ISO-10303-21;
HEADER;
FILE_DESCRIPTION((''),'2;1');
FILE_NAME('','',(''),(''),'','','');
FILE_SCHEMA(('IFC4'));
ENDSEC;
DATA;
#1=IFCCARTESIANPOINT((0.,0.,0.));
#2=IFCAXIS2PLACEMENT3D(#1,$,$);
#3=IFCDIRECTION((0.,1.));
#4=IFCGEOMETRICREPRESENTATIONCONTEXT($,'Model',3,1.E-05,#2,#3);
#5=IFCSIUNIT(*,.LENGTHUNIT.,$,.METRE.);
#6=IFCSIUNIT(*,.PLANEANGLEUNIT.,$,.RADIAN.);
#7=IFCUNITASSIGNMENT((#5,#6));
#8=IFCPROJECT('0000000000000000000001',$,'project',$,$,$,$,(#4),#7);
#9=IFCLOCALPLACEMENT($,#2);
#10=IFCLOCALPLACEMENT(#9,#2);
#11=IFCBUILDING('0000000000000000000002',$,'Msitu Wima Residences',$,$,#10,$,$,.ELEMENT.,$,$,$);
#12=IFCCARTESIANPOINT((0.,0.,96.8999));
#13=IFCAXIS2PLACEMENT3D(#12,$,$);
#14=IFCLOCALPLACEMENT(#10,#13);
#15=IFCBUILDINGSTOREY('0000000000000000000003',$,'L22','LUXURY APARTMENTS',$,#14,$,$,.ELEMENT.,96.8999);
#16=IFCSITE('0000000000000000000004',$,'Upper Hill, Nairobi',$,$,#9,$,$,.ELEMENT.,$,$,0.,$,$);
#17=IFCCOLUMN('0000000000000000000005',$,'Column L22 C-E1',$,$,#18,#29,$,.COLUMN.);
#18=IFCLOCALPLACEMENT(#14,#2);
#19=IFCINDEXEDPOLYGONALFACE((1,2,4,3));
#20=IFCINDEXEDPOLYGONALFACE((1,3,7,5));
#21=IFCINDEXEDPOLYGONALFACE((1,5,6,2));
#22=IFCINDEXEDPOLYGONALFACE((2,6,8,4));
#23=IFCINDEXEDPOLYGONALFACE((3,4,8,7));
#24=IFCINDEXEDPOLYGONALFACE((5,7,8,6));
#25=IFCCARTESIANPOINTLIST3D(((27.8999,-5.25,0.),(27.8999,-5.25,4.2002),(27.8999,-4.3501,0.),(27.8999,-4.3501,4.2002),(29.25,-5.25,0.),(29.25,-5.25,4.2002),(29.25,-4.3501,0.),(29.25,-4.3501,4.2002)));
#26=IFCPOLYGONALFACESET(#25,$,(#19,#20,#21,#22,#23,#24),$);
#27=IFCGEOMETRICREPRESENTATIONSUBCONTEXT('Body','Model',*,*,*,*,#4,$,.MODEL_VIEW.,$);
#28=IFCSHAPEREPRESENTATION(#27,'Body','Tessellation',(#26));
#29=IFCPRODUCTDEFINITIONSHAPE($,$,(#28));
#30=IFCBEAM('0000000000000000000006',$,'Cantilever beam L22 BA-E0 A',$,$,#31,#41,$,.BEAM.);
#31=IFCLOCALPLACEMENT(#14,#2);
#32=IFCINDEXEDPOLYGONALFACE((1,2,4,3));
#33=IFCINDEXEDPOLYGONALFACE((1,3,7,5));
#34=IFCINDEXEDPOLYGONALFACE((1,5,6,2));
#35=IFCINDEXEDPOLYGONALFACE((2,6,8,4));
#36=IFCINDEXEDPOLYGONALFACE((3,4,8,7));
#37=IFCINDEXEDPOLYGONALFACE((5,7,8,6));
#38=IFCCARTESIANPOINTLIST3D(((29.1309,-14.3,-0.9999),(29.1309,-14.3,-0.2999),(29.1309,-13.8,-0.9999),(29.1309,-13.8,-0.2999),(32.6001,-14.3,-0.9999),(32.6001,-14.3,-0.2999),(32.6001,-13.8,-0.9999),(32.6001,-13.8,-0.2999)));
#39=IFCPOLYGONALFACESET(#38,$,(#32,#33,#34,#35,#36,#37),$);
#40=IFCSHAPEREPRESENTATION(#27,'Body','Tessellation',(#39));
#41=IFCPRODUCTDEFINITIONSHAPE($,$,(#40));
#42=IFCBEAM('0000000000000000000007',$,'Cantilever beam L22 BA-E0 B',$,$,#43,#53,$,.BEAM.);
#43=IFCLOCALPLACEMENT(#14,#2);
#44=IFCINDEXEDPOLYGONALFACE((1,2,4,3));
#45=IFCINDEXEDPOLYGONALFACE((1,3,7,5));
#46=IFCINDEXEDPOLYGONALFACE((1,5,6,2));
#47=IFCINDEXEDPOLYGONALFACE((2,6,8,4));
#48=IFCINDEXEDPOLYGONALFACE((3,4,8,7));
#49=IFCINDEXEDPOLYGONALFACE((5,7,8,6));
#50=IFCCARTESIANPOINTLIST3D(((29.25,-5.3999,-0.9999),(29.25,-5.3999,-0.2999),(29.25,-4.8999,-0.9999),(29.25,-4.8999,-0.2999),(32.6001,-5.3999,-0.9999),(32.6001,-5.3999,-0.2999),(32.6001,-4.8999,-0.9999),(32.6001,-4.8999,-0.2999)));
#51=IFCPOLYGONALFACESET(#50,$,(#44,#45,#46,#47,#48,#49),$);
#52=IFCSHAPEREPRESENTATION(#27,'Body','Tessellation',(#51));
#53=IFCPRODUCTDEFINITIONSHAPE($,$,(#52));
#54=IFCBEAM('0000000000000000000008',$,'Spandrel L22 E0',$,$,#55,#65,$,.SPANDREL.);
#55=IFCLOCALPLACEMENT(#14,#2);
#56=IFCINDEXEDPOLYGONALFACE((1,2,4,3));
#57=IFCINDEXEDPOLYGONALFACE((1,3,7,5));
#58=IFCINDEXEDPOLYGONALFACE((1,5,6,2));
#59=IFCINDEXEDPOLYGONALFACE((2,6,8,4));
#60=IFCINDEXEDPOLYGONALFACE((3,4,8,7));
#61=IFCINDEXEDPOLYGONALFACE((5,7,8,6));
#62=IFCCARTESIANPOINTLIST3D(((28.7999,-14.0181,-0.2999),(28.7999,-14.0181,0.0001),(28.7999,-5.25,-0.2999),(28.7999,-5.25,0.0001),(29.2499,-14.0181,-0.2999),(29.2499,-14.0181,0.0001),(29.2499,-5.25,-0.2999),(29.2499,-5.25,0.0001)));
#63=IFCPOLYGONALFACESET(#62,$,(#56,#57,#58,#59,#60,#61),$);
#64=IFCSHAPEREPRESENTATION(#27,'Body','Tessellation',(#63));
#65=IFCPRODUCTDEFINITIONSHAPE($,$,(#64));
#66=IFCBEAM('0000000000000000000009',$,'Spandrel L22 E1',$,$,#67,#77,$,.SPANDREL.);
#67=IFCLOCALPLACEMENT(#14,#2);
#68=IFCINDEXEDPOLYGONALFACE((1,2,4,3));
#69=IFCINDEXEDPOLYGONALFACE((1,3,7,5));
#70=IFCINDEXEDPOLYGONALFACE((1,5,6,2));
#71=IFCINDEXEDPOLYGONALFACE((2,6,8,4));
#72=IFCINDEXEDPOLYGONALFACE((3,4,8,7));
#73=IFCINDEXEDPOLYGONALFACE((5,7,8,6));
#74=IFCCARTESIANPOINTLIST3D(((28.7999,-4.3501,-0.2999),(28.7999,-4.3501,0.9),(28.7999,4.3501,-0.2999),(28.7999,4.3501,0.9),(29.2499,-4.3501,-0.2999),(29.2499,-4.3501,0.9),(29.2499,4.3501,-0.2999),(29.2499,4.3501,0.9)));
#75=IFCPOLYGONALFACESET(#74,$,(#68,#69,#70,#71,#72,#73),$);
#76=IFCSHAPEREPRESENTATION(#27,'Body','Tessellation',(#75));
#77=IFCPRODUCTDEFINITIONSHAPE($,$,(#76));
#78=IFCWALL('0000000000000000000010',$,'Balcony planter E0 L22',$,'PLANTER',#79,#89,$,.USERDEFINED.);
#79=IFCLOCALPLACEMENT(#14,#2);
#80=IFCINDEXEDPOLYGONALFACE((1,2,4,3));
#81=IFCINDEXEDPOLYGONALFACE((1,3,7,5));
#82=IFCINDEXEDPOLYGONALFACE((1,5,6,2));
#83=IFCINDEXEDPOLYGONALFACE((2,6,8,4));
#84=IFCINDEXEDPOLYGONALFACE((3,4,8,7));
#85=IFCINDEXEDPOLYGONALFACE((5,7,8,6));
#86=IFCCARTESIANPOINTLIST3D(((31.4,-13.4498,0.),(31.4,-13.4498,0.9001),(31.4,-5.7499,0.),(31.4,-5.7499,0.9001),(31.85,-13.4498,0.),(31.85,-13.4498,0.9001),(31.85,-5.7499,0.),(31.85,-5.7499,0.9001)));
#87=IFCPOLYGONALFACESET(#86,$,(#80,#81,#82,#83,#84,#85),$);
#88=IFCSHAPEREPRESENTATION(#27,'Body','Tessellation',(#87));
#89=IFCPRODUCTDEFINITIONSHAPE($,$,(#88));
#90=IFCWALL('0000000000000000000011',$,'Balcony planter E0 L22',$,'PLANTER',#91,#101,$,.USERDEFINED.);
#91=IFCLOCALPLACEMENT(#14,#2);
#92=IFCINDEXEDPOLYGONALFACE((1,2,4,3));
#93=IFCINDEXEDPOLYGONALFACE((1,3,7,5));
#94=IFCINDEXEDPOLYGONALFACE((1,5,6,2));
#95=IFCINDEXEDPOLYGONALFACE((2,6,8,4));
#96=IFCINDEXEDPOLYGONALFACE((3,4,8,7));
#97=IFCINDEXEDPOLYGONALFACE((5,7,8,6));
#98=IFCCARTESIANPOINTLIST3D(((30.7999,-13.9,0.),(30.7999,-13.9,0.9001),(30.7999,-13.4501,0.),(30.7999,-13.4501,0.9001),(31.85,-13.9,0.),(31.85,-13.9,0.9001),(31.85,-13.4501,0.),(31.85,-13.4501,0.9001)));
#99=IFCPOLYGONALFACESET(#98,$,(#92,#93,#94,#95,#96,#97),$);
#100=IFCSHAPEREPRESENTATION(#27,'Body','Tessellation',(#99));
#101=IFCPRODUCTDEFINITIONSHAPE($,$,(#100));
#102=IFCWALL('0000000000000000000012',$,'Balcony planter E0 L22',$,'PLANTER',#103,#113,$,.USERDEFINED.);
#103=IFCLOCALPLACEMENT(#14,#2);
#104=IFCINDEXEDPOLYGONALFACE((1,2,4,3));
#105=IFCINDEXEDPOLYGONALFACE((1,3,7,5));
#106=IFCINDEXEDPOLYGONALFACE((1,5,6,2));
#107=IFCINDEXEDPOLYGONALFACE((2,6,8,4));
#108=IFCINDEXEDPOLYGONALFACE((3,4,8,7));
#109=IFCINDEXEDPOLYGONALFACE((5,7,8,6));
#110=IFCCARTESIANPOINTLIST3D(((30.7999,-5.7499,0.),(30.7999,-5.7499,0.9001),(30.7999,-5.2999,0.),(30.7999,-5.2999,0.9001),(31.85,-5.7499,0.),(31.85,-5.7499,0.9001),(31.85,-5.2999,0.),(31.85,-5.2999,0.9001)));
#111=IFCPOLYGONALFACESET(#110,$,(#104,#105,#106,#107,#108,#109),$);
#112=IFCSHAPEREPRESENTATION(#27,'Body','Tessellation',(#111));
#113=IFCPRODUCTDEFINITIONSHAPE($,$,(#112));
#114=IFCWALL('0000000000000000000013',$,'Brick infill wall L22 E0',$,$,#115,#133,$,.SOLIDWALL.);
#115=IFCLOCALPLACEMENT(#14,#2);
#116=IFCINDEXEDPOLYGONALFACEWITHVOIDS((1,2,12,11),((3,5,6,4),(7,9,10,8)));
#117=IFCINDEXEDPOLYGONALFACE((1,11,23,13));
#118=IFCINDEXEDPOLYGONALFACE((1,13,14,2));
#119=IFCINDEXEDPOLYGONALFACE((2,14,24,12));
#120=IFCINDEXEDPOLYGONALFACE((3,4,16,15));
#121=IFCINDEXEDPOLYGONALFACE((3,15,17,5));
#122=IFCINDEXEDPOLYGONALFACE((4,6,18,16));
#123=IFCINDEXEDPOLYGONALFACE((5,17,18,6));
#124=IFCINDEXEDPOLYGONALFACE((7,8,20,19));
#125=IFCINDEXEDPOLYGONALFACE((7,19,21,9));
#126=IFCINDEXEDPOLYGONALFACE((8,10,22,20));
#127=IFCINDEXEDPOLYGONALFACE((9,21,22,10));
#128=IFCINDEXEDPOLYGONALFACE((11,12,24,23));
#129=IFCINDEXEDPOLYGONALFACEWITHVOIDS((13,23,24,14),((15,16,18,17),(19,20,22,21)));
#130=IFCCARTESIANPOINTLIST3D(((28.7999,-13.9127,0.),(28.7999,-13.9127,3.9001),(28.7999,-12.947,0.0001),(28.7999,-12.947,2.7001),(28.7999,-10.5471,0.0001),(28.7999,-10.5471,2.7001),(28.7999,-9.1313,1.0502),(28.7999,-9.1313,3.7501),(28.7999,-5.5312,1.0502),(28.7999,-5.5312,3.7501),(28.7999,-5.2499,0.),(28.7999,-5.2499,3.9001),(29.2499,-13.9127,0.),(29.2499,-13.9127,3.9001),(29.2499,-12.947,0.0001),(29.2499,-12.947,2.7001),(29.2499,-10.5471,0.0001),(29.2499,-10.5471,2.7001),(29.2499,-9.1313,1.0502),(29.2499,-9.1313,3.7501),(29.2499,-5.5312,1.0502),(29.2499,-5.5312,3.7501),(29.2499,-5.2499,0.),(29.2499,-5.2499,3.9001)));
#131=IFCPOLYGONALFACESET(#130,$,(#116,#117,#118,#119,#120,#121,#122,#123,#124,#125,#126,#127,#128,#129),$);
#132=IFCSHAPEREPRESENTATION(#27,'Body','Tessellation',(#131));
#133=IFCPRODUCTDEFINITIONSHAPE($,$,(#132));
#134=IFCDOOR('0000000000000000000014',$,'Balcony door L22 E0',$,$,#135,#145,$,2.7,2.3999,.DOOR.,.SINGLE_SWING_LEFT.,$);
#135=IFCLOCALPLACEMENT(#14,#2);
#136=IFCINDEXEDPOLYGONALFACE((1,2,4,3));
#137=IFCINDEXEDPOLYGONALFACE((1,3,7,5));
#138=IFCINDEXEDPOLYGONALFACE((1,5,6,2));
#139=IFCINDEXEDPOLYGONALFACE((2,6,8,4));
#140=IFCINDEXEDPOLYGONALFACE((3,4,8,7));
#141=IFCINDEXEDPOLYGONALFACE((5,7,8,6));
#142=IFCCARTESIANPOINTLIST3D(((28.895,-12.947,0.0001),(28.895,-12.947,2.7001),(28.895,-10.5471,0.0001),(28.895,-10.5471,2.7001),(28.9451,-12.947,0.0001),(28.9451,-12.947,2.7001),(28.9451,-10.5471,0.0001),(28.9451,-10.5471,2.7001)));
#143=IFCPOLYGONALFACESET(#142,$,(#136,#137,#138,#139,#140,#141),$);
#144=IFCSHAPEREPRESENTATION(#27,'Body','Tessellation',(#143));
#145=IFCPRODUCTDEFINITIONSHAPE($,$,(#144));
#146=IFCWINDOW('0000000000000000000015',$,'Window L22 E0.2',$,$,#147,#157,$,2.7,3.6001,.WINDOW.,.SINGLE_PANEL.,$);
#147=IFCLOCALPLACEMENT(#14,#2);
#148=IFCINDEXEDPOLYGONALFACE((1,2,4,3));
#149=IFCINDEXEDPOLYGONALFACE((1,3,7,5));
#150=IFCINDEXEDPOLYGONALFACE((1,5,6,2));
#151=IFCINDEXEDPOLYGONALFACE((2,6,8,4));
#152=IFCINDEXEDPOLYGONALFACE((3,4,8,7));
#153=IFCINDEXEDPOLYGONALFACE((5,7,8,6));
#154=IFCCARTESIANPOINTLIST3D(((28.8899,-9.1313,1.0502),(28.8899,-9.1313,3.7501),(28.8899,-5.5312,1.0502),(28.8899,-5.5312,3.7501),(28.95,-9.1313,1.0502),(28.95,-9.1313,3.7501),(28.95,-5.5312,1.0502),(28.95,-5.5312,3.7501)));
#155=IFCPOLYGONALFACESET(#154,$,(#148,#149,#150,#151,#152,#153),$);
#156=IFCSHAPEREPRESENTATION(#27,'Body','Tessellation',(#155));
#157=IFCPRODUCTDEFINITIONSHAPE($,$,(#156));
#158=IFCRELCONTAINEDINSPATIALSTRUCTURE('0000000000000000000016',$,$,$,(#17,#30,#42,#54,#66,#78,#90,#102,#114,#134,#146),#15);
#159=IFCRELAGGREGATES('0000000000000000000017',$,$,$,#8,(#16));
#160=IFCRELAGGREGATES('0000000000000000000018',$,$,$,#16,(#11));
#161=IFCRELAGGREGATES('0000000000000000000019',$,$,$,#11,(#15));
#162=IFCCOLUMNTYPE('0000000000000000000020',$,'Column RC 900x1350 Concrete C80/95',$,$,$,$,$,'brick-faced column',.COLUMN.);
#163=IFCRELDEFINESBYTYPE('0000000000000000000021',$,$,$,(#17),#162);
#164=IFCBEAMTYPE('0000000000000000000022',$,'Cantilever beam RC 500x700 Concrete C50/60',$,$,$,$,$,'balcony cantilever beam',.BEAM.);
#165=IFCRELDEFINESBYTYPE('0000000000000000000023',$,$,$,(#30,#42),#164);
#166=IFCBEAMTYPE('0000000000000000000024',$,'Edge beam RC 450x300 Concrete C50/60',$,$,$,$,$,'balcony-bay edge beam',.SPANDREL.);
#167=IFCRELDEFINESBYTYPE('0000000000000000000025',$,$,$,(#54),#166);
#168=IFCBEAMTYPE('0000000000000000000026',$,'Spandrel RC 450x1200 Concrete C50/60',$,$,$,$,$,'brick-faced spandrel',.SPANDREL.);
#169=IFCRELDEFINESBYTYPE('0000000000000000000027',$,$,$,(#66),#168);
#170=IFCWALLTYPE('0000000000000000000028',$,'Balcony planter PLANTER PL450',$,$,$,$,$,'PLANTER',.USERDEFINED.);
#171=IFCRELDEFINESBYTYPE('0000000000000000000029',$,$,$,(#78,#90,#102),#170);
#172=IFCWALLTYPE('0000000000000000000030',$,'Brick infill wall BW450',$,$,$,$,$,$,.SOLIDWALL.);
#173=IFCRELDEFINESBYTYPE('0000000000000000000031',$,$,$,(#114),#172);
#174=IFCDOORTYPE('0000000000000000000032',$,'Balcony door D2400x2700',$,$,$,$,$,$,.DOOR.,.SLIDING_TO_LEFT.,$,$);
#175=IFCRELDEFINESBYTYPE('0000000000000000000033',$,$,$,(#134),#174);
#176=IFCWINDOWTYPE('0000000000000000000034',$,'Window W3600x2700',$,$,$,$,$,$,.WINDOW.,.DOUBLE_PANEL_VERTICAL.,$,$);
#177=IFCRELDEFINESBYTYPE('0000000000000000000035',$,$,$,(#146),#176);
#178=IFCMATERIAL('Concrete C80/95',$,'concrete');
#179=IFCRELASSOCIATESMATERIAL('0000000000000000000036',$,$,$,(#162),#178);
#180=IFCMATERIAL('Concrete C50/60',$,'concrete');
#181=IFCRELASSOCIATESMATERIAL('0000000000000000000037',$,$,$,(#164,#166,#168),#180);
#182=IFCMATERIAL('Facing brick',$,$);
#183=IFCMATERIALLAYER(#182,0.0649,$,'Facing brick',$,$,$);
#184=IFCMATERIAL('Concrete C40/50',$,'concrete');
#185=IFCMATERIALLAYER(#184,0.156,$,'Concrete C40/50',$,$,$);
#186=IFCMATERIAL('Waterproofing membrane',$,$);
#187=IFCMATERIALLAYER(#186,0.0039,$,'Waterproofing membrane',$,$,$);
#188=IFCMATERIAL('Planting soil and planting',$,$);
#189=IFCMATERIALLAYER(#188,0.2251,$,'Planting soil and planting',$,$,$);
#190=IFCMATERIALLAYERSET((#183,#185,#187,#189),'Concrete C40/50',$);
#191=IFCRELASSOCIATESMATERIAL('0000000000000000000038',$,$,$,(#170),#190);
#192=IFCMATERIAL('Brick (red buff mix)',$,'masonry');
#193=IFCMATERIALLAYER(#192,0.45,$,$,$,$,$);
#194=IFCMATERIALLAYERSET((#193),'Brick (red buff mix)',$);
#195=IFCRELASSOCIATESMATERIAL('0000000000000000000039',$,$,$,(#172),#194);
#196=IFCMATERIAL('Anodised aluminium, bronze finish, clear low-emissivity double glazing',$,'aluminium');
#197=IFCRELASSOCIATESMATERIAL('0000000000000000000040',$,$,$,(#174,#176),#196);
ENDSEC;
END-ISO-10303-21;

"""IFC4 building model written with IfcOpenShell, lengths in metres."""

from ifc_helpers import new_model, si_unit, direction, frame, frame_2d, origin, origin_2d, place, context, subcontext, project, spatial, rectangle, extrude, material, layer, layer_set, material_profile, profile_set, type_object, element, fill, save


model = new_model("IFC4")

# Units and contexts
model_context = context("Model", 3, precision=1e-05, world=origin(), true_north=direction((0.0, 1.0)))
body_context = subcontext(model_context, "Body", "Model", "MODEL_VIEW")
ifc_project = project(units=[si_unit("LENGTHUNIT", "METRE"), si_unit("PLANEANGLEUNIT", "RADIAN")], contexts=[model_context])

# Site, building, storey
site_placement = place(None, origin())
site = spatial("IfcSite", under=ifc_project, at=site_placement, Name="Upper Hill, Nairobi", CompositionType="ELEMENT", RefElevation=0.0)
building_placement = place(site_placement, origin())
building = spatial("IfcBuilding", under=site, at=building_placement, Name="Msitu Wima Residences", CompositionType="ELEMENT")
storey_placement = place(building_placement, frame((0.0, 0.0, 96.8999)))
storey = spatial("IfcBuildingStorey", under=building, at=storey_placement, Name="L22", Description="LUXURY APARTMENTS", CompositionType="ELEMENT", Elevation=96.8999)

# Column
ifc_material_1 = material(Name="Concrete C80/95", Category="concrete")
ifc_material_profile_1 = material_profile(ifc_material_1, rectangle(XDim=0.8999, YDim=1.3501, at=origin_2d()), Name="RC 900x1350")
ifc_profile_set_1 = profile_set([ifc_material_profile_1], Name="Concrete C80/95")
column_type = type_object("IfcColumnType", Name="Column RC 900x1350 Concrete C80/95", ElementType="brick-faced column", PredefinedType="COLUMN", material=ifc_profile_set_1)
column_placement = place(storey_placement, frame((28.575, -4.8, 0.0), z_axis=(0.0, 0.0, 1.0), x_axis=(0.0, 1.0, 0.0)))
element("IfcColumn", 1, at=column_placement, inside=storey, type_object=column_type, Name="Column L22 C-E1", PredefinedType="COLUMN", context=body_context, shape_type="SweptSolid", body=[
    extrude(rectangle(XDim=0.8999, YDim=1.3501, at=origin_2d()), origin(), (0.0, 0.0, 1.0), 4.2002),
])

# Beams
ifc_material_2 = material(Name="Concrete C50/60", Category="concrete")
ifc_material_profile_2 = material_profile(ifc_material_2, rectangle(XDim=0.5, YDim=0.7, at=origin_2d()), Name="RC 500x700")
ifc_profile_set_2 = profile_set([ifc_material_profile_2], Name="Concrete C50/60")
beam_type_1 = type_object("IfcBeamType", Name="Cantilever beam RC 500x700 Concrete C50/60", ElementType="balcony cantilever beam", PredefinedType="BEAM", material=ifc_profile_set_2)
beam_1_placement = place(storey_placement, frame((29.1309, -14.05, -0.6499), z_axis=(1.0, 0.0, 0.0), x_axis=(0.0, 1.0, 0.0)))
element("IfcBeam", 2, at=beam_1_placement, inside=storey, type_object=beam_type_1, Name="Cantilever beam L22 BA-E0 A", PredefinedType="BEAM", context=body_context, shape_type="SweptSolid", body=[
    extrude(rectangle(XDim=0.5, YDim=0.7, at=origin_2d()), origin(), (0.0, 0.0, 1.0), 3.4692),
])
beam_2_placement = place(storey_placement, frame((29.25, -5.1499, -0.6499), z_axis=(1.0, 0.0, 0.0), x_axis=(0.0, 1.0, 0.0)))
element("IfcBeam", 3, at=beam_2_placement, inside=storey, type_object=beam_type_1, Name="Cantilever beam L22 BA-E0 B", PredefinedType="BEAM", context=body_context, shape_type="SweptSolid", body=[
    extrude(rectangle(XDim=0.5, YDim=0.7, at=origin_2d()), origin(), (0.0, 0.0, 1.0), 3.3501),
])
ifc_material_profile_3 = material_profile(ifc_material_2, rectangle(XDim=0.45, YDim=0.3, at=origin_2d()), Name="RC 450x300")
ifc_profile_set_3 = profile_set([ifc_material_profile_3], Name="Concrete C50/60")
beam_type_2 = type_object("IfcBeamType", Name="Edge beam RC 450x300 Concrete C50/60", ElementType="balcony-bay edge beam", PredefinedType="SPANDREL", material=ifc_profile_set_3)
beam_3_placement = place(storey_placement, frame((29.0249, -14.0181, -0.1499), z_axis=(0.0, 1.0, 0.0), x_axis=(-1.0, 0.0, 0.0)))
element("IfcBeam", 4, at=beam_3_placement, inside=storey, type_object=beam_type_2, Name="Spandrel L22 E0", PredefinedType="SPANDREL", context=body_context, shape_type="SweptSolid", body=[
    extrude(rectangle(XDim=0.45, YDim=0.3, at=origin_2d()), origin(), (0.0, 0.0, 1.0), 8.7681),
])
ifc_material_profile_4 = material_profile(ifc_material_2, rectangle(XDim=0.45, YDim=1.2, at=origin_2d()), Name="RC 450x1200")
ifc_profile_set_4 = profile_set([ifc_material_profile_4], Name="Concrete C50/60")
beam_type_3 = type_object("IfcBeamType", Name="Spandrel RC 450x1200 Concrete C50/60", ElementType="brick-faced spandrel", PredefinedType="SPANDREL", material=ifc_profile_set_4)
beam_4_placement = place(storey_placement, frame((29.0249, -4.3501, 0.3), z_axis=(0.0, 1.0, 0.0), x_axis=(-1.0, 0.0, 0.0)))
element("IfcBeam", 5, at=beam_4_placement, inside=storey, type_object=beam_type_3, Name="Spandrel L22 E1", PredefinedType="SPANDREL", context=body_context, shape_type="SweptSolid", body=[
    extrude(rectangle(XDim=0.45, YDim=1.2, at=origin_2d()), origin(), (0.0, 0.0, 1.0), 8.7002),
])

# Walls
ifc_material_3 = material(Name="Facing brick")
ifc_layer_1 = layer(ifc_material_3, 0.0649, Name="Facing brick")
ifc_material_4 = material(Name="Concrete C40/50", Category="concrete")
ifc_layer_2 = layer(ifc_material_4, 0.156, Name="Concrete C40/50")
ifc_material_5 = material(Name="Waterproofing membrane")
ifc_layer_3 = layer(ifc_material_5, 0.0039, Name="Waterproofing membrane")
ifc_material_6 = material(Name="Planting soil and planting")
ifc_layer_4 = layer(ifc_material_6, 0.2251, Name="Planting soil and planting")
ifc_layer_set_1 = layer_set([ifc_layer_1, ifc_layer_2, ifc_layer_3, ifc_layer_4], Name="Concrete C40/50")
wall_type_1 = type_object("IfcWallType", Name="Balcony planter PLANTER PL450", ElementType="PLANTER", PredefinedType="USERDEFINED", material=ifc_layer_set_1)
wall_1_placement = place(storey_placement, frame((31.625, -13.45, 0.0), z_axis=(0.0, 0.0, 1.0), x_axis=(0.0, 1.0, 0.0)))
element("IfcWall", 6, at=wall_1_placement, inside=storey, type_object=wall_type_1, Name="Balcony planter E0 L22", ObjectType="PLANTER", PredefinedType="USERDEFINED", context=body_context, shape_type="SweptSolid", body=[
    extrude(rectangle(XDim=7.7, YDim=0.45, at=frame_2d((3.8501, 0.0))), origin(), (0.0, 0.0, 1.0), 0.9001),
])
for number, where, z_axis, x_axis, name in (
    (7, (30.8, -13.675, 0.0), (0.0, 0.0, 1.0), (1.0, 0.0, 0.0), "Balcony planter E0 L22"),
    (8, (30.8, -5.5249, 0.0), (0.0, 0.0, 1.0), (1.0, 0.0, 0.0), "Balcony planter E0 L22"),
):
    element("IfcWall", number, at=place(storey_placement, frame(where, z_axis=z_axis, x_axis=x_axis)), inside=storey, type_object=wall_type_1, Name=name, ObjectType="PLANTER", PredefinedType="USERDEFINED", context=body_context, shape_type="SweptSolid", body=[
        extrude(rectangle(XDim=1.05, YDim=0.45, at=frame_2d((0.5249, 0.0))), origin(), (0.0, 0.0, 1.0), 0.9001),
    ])

# Wall, openings, door, window
ifc_material_7 = material(Name="Brick (red buff mix)", Category="masonry")
ifc_layer_5 = layer(ifc_material_7, 0.45)
ifc_layer_set_2 = layer_set([ifc_layer_5], Name="Brick (red buff mix)")
wall_type_2 = type_object("IfcWallType", Name="Brick infill wall BW450", PredefinedType="SOLIDWALL", material=ifc_layer_set_2)
wall_2_placement = place(storey_placement, frame((29.0249, -13.9128, 0.0), z_axis=(0.0, 0.0, 1.0), x_axis=(0.0, 1.0, 0.0)))
wall_2 = element("IfcWall", 9, at=wall_2_placement, inside=storey, type_object=wall_type_2, Name="Brick infill wall L22 E0", PredefinedType="SOLIDWALL", context=body_context, shape_type="SweptSolid", body=[
    extrude(rectangle(XDim=8.6628, YDim=0.45, at=frame_2d((4.3315, 0.0))), origin(), (0.0, 0.0, 1.0), 3.9001),
])
opening_1_placement = place(wall_2_placement, frame((0.9658, 0.0, 0.0)))
opening_1 = element("IfcOpeningElement", 10, at=opening_1_placement, cuts=wall_2, PredefinedType="OPENING", context=body_context, shape_type="SweptSolid", body=[
    extrude(rectangle(XDim=2.3999, YDim=2.7, at=frame_2d((1.2, 1.3501))), frame((0.0, 0.2349, 0.0), z_axis=(0.0, -1.0, 0.0), x_axis=(1.0, 0.0, 0.0)), (0.0, 0.0, 1.0), 0.47),
])
opening_2_placement = place(wall_2_placement, frame((4.7815, 0.0, 1.05)))
opening_2 = element("IfcOpeningElement", 11, at=opening_2_placement, cuts=wall_2, PredefinedType="OPENING", context=body_context, shape_type="SweptSolid", body=[
    extrude(rectangle(XDim=3.6001, YDim=2.7, at=frame_2d((1.8, 1.3501))), frame((0.0, 0.2349, 0.0), z_axis=(0.0, -1.0, 0.0), x_axis=(1.0, 0.0, 0.0)), (0.0, 0.0, 1.0), 0.47),
])
ifc_material_8 = material(Name="Anodised aluminium, bronze finish, clear low-emissivity double glazing", Category="aluminium")
door_type = type_object("IfcDoorType", Name="Balcony door D2400x2700", OperationType="SLIDING_TO_LEFT", PredefinedType="DOOR", material=ifc_material_8)
door_placement = place(opening_1_placement, origin())
door = element("IfcDoor", 12, at=door_placement, inside=storey, type_object=door_type, Name="Balcony door L22 E0", OperationType="SINGLE_SWING_LEFT", OverallHeight=2.7, OverallWidth=2.3999, PredefinedType="DOOR", context=body_context, shape_type="SweptSolid", body=[
    extrude(rectangle(XDim=2.3999, YDim=2.7, at=frame_2d((1.2, 1.3501))), frame((0.0, 0.1299, 0.0), z_axis=(0.0, -1.0, 0.0), x_axis=(1.0, 0.0, 0.0)), (0.0, 0.0, 1.0), 0.05),
])
fill(opening_1, door)
window_type = type_object("IfcWindowType", Name="Window W3600x2700", PartitioningType="DOUBLE_PANEL_VERTICAL", PredefinedType="WINDOW", material=ifc_material_8)
window_1_placement = place(opening_2_placement, origin())
window_1 = element("IfcWindow", 13, at=window_1_placement, inside=storey, type_object=window_type, Name="Window L22 E0.2", OverallHeight=2.7, OverallWidth=3.6001, PartitioningType="SINGLE_PANEL", PredefinedType="WINDOW", context=body_context, shape_type="SweptSolid", body=[
    extrude(rectangle(XDim=3.6001, YDim=2.7, at=frame_2d((1.8, 1.3501))), frame((0.0, 0.135, 0.0), z_axis=(0.0, -1.0, 0.0), x_axis=(1.0, 0.0, 0.0)), (0.0, 0.0, 1.0), 0.0601),
])
fill(opening_2, window_1)

save(model, "model.ifc")
